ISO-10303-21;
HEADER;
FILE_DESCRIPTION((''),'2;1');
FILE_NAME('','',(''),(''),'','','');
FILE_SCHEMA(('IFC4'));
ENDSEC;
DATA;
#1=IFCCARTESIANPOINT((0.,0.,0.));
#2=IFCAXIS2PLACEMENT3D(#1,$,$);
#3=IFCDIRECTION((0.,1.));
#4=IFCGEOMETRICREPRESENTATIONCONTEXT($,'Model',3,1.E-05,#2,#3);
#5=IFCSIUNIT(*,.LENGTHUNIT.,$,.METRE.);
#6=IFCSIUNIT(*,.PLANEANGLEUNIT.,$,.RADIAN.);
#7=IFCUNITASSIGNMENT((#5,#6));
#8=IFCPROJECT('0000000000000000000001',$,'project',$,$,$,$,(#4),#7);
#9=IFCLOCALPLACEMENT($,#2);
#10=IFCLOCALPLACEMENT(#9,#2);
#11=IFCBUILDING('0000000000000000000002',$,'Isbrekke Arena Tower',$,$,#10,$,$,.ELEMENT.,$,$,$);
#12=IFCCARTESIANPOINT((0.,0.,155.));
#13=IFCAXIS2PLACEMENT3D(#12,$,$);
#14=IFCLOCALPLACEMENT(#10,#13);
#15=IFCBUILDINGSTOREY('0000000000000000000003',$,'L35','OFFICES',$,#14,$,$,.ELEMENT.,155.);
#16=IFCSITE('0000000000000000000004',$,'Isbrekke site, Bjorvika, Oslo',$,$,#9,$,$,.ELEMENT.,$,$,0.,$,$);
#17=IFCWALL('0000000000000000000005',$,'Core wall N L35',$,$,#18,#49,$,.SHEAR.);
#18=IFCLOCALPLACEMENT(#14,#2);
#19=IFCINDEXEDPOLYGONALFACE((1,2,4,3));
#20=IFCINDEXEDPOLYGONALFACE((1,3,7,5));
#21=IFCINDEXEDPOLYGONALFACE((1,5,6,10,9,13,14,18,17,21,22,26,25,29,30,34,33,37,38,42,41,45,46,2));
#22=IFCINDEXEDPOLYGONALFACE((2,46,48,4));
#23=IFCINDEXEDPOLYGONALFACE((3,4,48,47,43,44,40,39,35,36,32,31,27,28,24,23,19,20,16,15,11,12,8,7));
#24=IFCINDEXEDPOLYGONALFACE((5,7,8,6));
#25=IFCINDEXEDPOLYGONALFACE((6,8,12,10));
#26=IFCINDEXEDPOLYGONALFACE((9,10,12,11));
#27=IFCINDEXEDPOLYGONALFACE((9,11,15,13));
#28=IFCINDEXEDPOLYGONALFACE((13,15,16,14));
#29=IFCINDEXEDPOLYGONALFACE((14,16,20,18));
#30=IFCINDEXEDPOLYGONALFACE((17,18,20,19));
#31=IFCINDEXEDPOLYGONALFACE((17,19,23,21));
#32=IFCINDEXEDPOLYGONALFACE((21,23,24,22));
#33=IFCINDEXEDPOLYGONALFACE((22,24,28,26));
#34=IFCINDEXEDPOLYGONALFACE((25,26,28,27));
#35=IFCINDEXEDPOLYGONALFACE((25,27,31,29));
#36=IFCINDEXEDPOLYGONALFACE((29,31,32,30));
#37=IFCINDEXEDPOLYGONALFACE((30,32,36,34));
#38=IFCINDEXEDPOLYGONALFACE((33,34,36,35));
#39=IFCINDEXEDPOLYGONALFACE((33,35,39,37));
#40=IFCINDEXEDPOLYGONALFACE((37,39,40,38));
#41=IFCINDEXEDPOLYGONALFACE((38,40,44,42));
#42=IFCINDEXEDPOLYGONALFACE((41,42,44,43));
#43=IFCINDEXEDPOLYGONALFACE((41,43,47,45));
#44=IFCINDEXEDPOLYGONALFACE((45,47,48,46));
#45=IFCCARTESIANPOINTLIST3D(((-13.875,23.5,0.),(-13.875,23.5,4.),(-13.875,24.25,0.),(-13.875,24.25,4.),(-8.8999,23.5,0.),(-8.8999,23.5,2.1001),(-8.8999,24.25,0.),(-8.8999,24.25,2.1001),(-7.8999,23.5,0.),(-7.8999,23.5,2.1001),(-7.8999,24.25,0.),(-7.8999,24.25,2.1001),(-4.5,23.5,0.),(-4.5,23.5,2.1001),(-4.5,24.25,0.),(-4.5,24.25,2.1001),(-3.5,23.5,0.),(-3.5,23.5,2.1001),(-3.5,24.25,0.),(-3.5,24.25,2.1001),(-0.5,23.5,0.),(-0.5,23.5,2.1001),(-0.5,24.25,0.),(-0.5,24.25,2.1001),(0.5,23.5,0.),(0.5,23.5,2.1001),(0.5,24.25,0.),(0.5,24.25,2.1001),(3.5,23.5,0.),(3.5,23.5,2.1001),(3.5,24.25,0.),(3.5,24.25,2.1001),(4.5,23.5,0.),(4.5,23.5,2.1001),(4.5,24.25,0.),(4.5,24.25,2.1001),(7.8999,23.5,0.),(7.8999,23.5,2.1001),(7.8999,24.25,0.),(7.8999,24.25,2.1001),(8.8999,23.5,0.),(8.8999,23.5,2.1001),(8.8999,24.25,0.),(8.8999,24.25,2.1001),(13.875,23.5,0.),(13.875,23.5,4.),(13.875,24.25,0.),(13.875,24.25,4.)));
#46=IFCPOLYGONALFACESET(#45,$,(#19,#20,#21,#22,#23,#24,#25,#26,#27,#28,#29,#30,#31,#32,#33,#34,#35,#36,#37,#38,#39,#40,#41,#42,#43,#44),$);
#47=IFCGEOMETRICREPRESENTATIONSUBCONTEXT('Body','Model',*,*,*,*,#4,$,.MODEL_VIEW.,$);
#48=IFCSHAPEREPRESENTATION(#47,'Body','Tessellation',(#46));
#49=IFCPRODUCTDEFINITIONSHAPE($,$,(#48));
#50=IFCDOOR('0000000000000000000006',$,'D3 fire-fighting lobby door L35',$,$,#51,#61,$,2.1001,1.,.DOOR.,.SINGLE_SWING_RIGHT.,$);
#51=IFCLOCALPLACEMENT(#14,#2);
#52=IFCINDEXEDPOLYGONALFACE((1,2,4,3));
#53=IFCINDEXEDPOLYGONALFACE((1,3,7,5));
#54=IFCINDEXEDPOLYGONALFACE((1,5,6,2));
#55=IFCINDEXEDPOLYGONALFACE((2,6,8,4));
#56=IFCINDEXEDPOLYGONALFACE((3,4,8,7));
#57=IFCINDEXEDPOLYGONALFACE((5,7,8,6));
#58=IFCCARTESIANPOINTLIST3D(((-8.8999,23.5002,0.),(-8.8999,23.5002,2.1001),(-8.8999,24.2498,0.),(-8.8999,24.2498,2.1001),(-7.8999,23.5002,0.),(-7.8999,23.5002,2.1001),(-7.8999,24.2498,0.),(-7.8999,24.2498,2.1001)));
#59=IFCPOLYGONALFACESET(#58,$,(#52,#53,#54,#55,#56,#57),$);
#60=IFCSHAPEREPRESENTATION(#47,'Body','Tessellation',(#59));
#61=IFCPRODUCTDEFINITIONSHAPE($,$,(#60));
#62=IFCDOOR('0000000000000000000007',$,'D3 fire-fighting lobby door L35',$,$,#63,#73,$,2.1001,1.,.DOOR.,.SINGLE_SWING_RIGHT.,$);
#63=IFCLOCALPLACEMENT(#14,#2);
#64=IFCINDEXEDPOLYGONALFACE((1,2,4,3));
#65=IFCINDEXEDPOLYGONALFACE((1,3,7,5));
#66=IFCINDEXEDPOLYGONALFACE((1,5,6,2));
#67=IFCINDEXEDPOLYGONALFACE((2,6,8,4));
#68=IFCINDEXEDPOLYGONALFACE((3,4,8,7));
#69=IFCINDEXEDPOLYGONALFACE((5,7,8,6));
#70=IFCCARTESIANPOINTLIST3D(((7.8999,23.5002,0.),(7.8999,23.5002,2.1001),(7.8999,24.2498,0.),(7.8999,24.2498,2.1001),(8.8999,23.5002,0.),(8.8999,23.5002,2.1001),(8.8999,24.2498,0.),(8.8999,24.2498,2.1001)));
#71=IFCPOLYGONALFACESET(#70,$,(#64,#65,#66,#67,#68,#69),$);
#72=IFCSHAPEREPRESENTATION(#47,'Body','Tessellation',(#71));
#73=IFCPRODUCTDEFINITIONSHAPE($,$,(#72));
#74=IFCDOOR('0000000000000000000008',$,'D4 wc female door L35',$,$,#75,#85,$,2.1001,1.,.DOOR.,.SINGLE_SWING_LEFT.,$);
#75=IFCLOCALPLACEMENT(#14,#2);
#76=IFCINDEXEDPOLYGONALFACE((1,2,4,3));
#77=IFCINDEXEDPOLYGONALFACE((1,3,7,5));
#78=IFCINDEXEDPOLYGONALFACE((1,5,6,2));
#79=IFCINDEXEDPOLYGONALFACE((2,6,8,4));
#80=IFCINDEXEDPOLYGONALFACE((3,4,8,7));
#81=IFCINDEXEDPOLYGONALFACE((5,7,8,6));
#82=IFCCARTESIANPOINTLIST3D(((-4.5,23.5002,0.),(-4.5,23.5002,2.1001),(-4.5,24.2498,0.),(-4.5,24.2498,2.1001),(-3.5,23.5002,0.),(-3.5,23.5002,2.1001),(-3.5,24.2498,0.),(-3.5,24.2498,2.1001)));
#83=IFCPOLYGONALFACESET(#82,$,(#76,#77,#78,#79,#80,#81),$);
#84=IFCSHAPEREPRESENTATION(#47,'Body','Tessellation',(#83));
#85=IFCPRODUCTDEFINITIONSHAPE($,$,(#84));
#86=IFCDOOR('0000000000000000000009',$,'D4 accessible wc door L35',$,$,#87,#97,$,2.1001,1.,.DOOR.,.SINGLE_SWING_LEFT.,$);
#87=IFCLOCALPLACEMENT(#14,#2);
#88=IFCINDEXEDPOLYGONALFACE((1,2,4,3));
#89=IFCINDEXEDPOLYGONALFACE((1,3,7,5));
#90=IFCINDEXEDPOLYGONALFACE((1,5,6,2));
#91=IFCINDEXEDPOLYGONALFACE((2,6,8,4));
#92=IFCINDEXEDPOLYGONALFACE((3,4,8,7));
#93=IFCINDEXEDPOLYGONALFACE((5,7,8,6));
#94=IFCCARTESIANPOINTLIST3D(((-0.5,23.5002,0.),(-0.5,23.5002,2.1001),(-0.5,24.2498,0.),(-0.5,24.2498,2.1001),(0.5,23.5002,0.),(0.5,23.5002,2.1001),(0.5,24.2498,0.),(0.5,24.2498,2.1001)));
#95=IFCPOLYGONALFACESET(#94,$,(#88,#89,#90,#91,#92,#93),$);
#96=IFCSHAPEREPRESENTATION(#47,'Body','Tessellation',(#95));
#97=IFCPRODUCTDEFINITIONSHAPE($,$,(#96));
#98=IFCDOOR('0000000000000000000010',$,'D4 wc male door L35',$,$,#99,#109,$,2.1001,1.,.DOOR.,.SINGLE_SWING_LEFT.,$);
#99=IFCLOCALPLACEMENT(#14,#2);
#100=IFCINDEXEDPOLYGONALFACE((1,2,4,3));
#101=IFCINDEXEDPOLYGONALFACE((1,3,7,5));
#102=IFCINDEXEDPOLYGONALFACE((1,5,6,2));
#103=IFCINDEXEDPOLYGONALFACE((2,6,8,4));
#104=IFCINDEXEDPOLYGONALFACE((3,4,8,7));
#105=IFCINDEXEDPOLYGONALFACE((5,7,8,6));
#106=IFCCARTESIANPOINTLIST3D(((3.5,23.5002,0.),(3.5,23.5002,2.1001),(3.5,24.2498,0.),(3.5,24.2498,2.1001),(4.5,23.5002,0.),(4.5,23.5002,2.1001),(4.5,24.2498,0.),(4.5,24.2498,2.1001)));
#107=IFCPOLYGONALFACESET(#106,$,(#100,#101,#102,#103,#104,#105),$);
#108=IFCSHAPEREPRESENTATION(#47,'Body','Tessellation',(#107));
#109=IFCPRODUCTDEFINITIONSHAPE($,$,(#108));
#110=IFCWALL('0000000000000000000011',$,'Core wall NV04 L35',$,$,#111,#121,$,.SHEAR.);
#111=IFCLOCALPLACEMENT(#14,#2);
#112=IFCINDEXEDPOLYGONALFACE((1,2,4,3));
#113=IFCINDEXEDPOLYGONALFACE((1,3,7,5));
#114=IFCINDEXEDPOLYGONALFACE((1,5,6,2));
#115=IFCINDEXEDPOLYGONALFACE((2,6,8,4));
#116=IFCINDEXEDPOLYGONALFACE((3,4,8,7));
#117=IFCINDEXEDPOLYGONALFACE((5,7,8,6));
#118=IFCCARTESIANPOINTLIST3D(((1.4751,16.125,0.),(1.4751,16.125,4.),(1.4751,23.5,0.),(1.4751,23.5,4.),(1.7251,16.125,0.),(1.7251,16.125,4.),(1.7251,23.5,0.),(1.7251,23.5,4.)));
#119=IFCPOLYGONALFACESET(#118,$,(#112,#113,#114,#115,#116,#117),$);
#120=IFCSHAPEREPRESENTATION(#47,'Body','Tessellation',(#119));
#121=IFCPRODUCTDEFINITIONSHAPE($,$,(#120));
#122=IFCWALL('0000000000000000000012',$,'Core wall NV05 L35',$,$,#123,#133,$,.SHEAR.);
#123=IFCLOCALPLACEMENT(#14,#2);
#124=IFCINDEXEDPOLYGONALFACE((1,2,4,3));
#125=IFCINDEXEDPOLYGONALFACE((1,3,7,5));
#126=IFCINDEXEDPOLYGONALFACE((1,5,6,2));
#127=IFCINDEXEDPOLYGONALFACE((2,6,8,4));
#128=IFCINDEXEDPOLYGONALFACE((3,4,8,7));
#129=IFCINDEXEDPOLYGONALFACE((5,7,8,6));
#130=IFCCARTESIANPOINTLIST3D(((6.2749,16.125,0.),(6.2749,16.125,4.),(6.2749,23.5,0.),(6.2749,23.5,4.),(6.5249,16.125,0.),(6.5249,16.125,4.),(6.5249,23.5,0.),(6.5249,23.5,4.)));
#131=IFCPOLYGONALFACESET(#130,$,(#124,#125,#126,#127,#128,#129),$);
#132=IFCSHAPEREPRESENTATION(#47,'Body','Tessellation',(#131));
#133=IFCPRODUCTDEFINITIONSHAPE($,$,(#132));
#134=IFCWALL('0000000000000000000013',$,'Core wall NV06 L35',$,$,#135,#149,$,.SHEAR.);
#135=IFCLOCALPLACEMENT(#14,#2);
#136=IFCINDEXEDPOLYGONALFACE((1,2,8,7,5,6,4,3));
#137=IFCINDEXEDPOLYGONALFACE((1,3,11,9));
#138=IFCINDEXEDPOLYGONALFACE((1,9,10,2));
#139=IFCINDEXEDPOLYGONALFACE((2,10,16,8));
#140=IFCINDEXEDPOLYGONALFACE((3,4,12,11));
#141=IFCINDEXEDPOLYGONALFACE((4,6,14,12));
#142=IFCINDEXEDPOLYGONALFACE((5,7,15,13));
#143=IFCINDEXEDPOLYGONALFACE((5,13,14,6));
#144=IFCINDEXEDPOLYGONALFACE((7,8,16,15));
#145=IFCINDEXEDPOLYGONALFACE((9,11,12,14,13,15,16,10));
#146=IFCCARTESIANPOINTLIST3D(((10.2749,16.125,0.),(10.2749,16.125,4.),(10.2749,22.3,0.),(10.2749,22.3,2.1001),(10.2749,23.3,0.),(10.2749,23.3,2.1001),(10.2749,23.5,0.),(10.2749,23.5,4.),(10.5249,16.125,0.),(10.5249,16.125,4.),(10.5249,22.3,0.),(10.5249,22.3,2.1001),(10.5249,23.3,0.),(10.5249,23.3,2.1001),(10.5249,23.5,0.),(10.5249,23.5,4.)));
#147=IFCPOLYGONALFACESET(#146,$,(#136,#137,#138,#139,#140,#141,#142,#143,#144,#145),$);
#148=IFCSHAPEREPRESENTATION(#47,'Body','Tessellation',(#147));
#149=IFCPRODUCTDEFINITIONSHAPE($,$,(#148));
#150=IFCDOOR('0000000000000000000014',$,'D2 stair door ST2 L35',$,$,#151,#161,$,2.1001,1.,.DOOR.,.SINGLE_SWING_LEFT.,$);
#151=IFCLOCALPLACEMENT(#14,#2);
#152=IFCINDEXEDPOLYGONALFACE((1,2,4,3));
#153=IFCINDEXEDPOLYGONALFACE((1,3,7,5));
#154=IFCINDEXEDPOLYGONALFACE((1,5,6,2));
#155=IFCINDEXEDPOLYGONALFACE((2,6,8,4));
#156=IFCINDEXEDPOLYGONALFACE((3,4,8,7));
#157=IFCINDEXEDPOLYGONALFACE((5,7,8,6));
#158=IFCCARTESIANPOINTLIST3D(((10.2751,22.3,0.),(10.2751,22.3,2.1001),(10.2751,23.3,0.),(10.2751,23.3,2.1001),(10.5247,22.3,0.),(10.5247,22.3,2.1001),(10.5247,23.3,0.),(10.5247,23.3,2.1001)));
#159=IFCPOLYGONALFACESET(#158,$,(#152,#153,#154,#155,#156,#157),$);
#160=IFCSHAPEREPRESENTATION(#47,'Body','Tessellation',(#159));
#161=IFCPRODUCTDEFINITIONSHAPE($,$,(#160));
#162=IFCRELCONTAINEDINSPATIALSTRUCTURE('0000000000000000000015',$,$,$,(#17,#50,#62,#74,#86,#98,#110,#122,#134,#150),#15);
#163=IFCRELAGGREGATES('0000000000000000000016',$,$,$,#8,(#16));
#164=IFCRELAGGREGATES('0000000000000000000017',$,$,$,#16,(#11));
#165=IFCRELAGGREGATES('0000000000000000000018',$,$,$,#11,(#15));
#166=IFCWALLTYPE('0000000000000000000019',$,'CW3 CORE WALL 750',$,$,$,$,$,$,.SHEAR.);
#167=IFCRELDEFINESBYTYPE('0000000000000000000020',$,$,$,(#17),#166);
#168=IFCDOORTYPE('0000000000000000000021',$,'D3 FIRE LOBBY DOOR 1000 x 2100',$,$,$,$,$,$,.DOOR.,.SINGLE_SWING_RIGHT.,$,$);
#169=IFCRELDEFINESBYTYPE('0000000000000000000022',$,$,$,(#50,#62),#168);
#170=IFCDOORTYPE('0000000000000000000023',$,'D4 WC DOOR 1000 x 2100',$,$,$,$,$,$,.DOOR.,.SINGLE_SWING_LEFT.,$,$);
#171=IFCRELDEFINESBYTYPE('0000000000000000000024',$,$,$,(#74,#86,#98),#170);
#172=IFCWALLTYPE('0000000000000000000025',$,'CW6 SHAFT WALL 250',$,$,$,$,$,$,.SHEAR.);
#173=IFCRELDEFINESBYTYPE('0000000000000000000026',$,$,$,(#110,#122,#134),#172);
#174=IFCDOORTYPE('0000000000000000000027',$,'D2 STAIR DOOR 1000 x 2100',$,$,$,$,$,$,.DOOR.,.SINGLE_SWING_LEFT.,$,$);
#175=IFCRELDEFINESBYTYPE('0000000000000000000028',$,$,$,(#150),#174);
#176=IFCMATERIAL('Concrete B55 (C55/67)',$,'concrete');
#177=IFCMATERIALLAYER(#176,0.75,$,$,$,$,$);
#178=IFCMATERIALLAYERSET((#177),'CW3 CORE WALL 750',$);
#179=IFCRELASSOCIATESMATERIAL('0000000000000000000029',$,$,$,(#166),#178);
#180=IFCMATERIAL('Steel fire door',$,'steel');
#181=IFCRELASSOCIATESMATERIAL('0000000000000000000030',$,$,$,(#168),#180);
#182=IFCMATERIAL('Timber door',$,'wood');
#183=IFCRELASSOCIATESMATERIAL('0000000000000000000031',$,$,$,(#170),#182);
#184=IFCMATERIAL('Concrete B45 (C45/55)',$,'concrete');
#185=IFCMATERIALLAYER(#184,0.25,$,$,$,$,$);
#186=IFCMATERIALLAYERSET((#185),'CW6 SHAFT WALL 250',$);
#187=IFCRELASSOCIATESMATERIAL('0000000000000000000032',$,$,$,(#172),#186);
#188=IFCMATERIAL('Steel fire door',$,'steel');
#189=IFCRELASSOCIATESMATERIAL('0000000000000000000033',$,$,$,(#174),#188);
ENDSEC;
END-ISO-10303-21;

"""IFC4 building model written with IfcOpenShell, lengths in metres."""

from ifc_helpers import new_model, si_unit, direction, frame, frame_2d, origin, place, context, subcontext, project, spatial, rectangle, extrude, material, layer, layer_set, type_object, element, fill, save


model = new_model("IFC4")

# Units and contexts
model_context = context("Model", 3, precision=1e-05, world=origin(), true_north=direction((0.0, 1.0)))
body_context = subcontext(model_context, "Body", "Model", "MODEL_VIEW")
ifc_project = project(units=[si_unit("LENGTHUNIT", "METRE"), si_unit("PLANEANGLEUNIT", "RADIAN")], contexts=[model_context])

# Site, building, storey
site_placement = place(None, origin())
site = spatial("IfcSite", under=ifc_project, at=site_placement, Name="Isbrekke site, Bjorvika, Oslo", CompositionType="ELEMENT", RefElevation=0.0)
building_placement = place(site_placement, origin())
building = spatial("IfcBuilding", under=site, at=building_placement, Name="Isbrekke Arena Tower", CompositionType="ELEMENT")
storey_placement = place(building_placement, frame((0.0, 0.0, 155.0)))
storey = spatial("IfcBuildingStorey", under=building, at=storey_placement, Name="L35", Description="OFFICES", CompositionType="ELEMENT", Elevation=155.0)

# Wall, openings, doors
ifc_material_1 = material(Name="Concrete B55 (C55/67)", Category="concrete")
ifc_layer_1 = layer(ifc_material_1, 0.75)
ifc_layer_set_1 = layer_set([ifc_layer_1], Name="CW3 CORE WALL 750")
wall_type_1 = type_object("IfcWallType", Name="CW3 CORE WALL 750", PredefinedType="SHEAR", material=ifc_layer_set_1)
wall_1_placement = place(storey_placement, frame((13.875, 23.875, 0.0), z_axis=(0.0, 0.0, 1.0), x_axis=(-1.0, 0.0, 0.0)))
wall_1 = element("IfcWall", 1, at=wall_1_placement, inside=storey, type_object=wall_type_1, Name="Core wall N L35", PredefinedType="SHEAR", context=body_context, shape_type="SweptSolid", body=[
    extrude(rectangle(XDim=27.75, YDim=0.75, at=frame_2d((13.875, 0.0))), origin(), (0.0, 0.0, 1.0), 4.0),
])
opening_1_placement = place(wall_1_placement, frame((21.7749, 0.0, 0.0)))
opening_1 = element("IfcOpeningElement", 2, at=opening_1_placement, cuts=wall_1, PredefinedType="OPENING", context=body_context, shape_type="SweptSolid", body=[
    extrude(rectangle(XDim=1.0, YDim=2.1001, at=frame_2d((0.5, 1.05))), frame((0.0, 0.3899, 0.0), z_axis=(0.0, -1.0, 0.0), x_axis=(1.0, 0.0, 0.0)), (0.0, 0.0, 1.0), 0.7798),
])
opening_2_placement = place(wall_1_placement, frame((4.9751, 0.0, 0.0)))
opening_2 = element("IfcOpeningElement", 3, at=opening_2_placement, cuts=wall_1, PredefinedType="OPENING", context=body_context, shape_type="SweptSolid", body=[
    extrude(rectangle(XDim=1.0, YDim=2.1001, at=frame_2d((0.5, 1.05))), frame((0.0, 0.3899, 0.0), z_axis=(0.0, -1.0, 0.0), x_axis=(1.0, 0.0, 0.0)), (0.0, 0.0, 1.0), 0.7798),
])
opening_3_placement = place(wall_1_placement, frame((17.375, 0.0, 0.0)))
opening_3 = element("IfcOpeningElement", 4, at=opening_3_placement, cuts=wall_1, PredefinedType="OPENING", context=body_context, shape_type="SweptSolid", body=[
    extrude(rectangle(XDim=1.0, YDim=2.1001, at=frame_2d((0.5, 1.05))), frame((0.0, 0.3899, 0.0), z_axis=(0.0, -1.0, 0.0), x_axis=(1.0, 0.0, 0.0)), (0.0, 0.0, 1.0), 0.7798),
])
opening_4_placement = place(wall_1_placement, frame((13.375, 0.0, 0.0)))
opening_4 = element("IfcOpeningElement", 5, at=opening_4_placement, cuts=wall_1, PredefinedType="OPENING", context=body_context, shape_type="SweptSolid", body=[
    extrude(rectangle(XDim=1.0, YDim=2.1001, at=frame_2d((0.5, 1.05))), frame((0.0, 0.3899, 0.0), z_axis=(0.0, -1.0, 0.0), x_axis=(1.0, 0.0, 0.0)), (0.0, 0.0, 1.0), 0.7798),
])
opening_5_placement = place(wall_1_placement, frame((9.375, 0.0, 0.0)))
opening_5 = element("IfcOpeningElement", 6, at=opening_5_placement, cuts=wall_1, PredefinedType="OPENING", context=body_context, shape_type="SweptSolid", body=[
    extrude(rectangle(XDim=1.0, YDim=2.1001, at=frame_2d((0.5, 1.05))), frame((0.0, 0.3899, 0.0), z_axis=(0.0, -1.0, 0.0), x_axis=(1.0, 0.0, 0.0)), (0.0, 0.0, 1.0), 0.7798),
])
ifc_material_2 = material(Name="Steel fire door", Category="steel")
door_type_1 = type_object("IfcDoorType", Name="D3 FIRE LOBBY DOOR 1000 x 2100", OperationType="SINGLE_SWING_RIGHT", PredefinedType="DOOR", material=ifc_material_2)
door_1_placement = place(opening_1_placement, origin())
door_1 = element("IfcDoor", 7, at=door_1_placement, inside=storey, type_object=door_type_1, Name="D3 fire-fighting lobby door L35", OperationType="SINGLE_SWING_RIGHT", OverallHeight=2.1001, OverallWidth=1.0, PredefinedType="DOOR", context=body_context, shape_type="SweptSolid", body=[
    extrude(rectangle(XDim=1.0, YDim=2.1001, at=frame_2d((0.5, 1.05))), frame((0.0, 0.3748, 0.0), z_axis=(0.0, -1.0, 0.0), x_axis=(1.0, 0.0, 0.0)), (0.0, 0.0, 1.0), 0.7495),
])
fill(opening_1, door_1)
door_2_placement = place(opening_2_placement, origin())
door_2 = element("IfcDoor", 8, at=door_2_placement, inside=storey, type_object=door_type_1, Name="D3 fire-fighting lobby door L35", OperationType="SINGLE_SWING_RIGHT", OverallHeight=2.1001, OverallWidth=1.0, PredefinedType="DOOR", context=body_context, shape_type="SweptSolid", body=[
    extrude(rectangle(XDim=1.0, YDim=2.1001, at=frame_2d((0.5, 1.05))), frame((0.0, 0.3748, 0.0), z_axis=(0.0, -1.0, 0.0), x_axis=(1.0, 0.0, 0.0)), (0.0, 0.0, 1.0), 0.7495),
])
fill(opening_2, door_2)
ifc_material_3 = material(Name="Timber door", Category="wood")
door_type_2 = type_object("IfcDoorType", Name="D4 WC DOOR 1000 x 2100", OperationType="SINGLE_SWING_LEFT", PredefinedType="DOOR", material=ifc_material_3)
door_3_placement = place(opening_3_placement, origin())
door_3 = element("IfcDoor", 9, at=door_3_placement, inside=storey, type_object=door_type_2, Name="D4 wc female door L35", OperationType="SINGLE_SWING_LEFT", OverallHeight=2.1001, OverallWidth=1.0, PredefinedType="DOOR", context=body_context, shape_type="SweptSolid", body=[
    extrude(rectangle(XDim=1.0, YDim=2.1001, at=frame_2d((0.5, 1.05))), frame((0.0, 0.3748, 0.0), z_axis=(0.0, -1.0, 0.0), x_axis=(1.0, 0.0, 0.0)), (0.0, 0.0, 1.0), 0.7495),
])
fill(opening_3, door_3)
door_4_placement = place(opening_4_placement, origin())
door_4 = element("IfcDoor", 10, at=door_4_placement, inside=storey, type_object=door_type_2, Name="D4 accessible wc door L35", OperationType="SINGLE_SWING_LEFT", OverallHeight=2.1001, OverallWidth=1.0, PredefinedType="DOOR", context=body_context, shape_type="SweptSolid", body=[
    extrude(rectangle(XDim=1.0, YDim=2.1001, at=frame_2d((0.5, 1.05))), frame((0.0, 0.3748, 0.0), z_axis=(0.0, -1.0, 0.0), x_axis=(1.0, 0.0, 0.0)), (0.0, 0.0, 1.0), 0.7495),
])
fill(opening_4, door_4)
door_5_placement = place(opening_5_placement, origin())
door_5 = element("IfcDoor", 11, at=door_5_placement, inside=storey, type_object=door_type_2, Name="D4 wc male door L35", OperationType="SINGLE_SWING_LEFT", OverallHeight=2.1001, OverallWidth=1.0, PredefinedType="DOOR", context=body_context, shape_type="SweptSolid", body=[
    extrude(rectangle(XDim=1.0, YDim=2.1001, at=frame_2d((0.5, 1.05))), frame((0.0, 0.3748, 0.0), z_axis=(0.0, -1.0, 0.0), x_axis=(1.0, 0.0, 0.0)), (0.0, 0.0, 1.0), 0.7495),
])
fill(opening_5, door_5)

# Walls
ifc_material_4 = material(Name="Concrete B45 (C45/55)", Category="concrete")
ifc_layer_2 = layer(ifc_material_4, 0.25)
ifc_layer_set_2 = layer_set([ifc_layer_2], Name="CW6 SHAFT WALL 250")
wall_type_2 = type_object("IfcWallType", Name="CW6 SHAFT WALL 250", PredefinedType="SHEAR", material=ifc_layer_set_2)
for number, where, z_axis, x_axis, name in (
    (12, (1.6001, 16.125, 0.0), (0.0, 0.0, 1.0), (0.0, 1.0, 0.0), "Core wall NV04 L35"),
    (13, (6.3999, 16.125, 0.0), (0.0, 0.0, 1.0), (0.0, 1.0, 0.0), "Core wall NV05 L35"),
):
    element("IfcWall", number, at=place(storey_placement, frame(where, z_axis=z_axis, x_axis=x_axis)), inside=storey, type_object=wall_type_2, Name=name, PredefinedType="SHEAR", context=body_context, shape_type="SweptSolid", body=[
        extrude(rectangle(XDim=7.375, YDim=0.25, at=frame_2d((3.6875, 0.0))), origin(), (0.0, 0.0, 1.0), 4.0),
    ])

# Wall, opening, door
wall_2_placement = place(storey_placement, frame((10.3999, 16.125, 0.0), z_axis=(0.0, 0.0, 1.0), x_axis=(0.0, 1.0, 0.0)))
wall_2 = element("IfcWall", 14, at=wall_2_placement, inside=storey, type_object=wall_type_2, Name="Core wall NV06 L35", PredefinedType="SHEAR", context=body_context, shape_type="SweptSolid", body=[
    extrude(rectangle(XDim=7.375, YDim=0.25, at=frame_2d((3.6875, 0.0))), origin(), (0.0, 0.0, 1.0), 4.0),
])
opening_6_placement = place(wall_2_placement, frame((6.175, 0.0, 0.0)))
opening_6 = element("IfcOpeningElement", 15, at=opening_6_placement, cuts=wall_2, PredefinedType="OPENING", context=body_context, shape_type="SweptSolid", body=[
    extrude(rectangle(XDim=1.0, YDim=2.1001, at=frame_2d((0.5, 1.05))), frame((0.0, 0.1399, 0.0), z_axis=(0.0, -1.0, 0.0), x_axis=(1.0, 0.0, 0.0)), (0.0, 0.0, 1.0), 0.2798),
])
ifc_material_5 = material(Name="Steel fire door", Category="steel")
door_type_3 = type_object("IfcDoorType", Name="D2 STAIR DOOR 1000 x 2100", OperationType="SINGLE_SWING_LEFT", PredefinedType="DOOR", material=ifc_material_5)
door_6_placement = place(opening_6_placement, origin())
door_6 = element("IfcDoor", 16, at=door_6_placement, inside=storey, type_object=door_type_3, Name="D2 stair door ST2 L35", OperationType="SINGLE_SWING_LEFT", OverallHeight=2.1001, OverallWidth=1.0, PredefinedType="DOOR", context=body_context, shape_type="SweptSolid", body=[
    extrude(rectangle(XDim=1.0, YDim=2.1001, at=frame_2d((0.5, 1.05))), frame((0.0, 0.1248, 0.0), z_axis=(0.0, -1.0, 0.0), x_axis=(1.0, 0.0, 0.0)), (0.0, 0.0, 1.0), 0.2495),
])
fill(opening_6, door_6)

save(model, "model.ifc")
